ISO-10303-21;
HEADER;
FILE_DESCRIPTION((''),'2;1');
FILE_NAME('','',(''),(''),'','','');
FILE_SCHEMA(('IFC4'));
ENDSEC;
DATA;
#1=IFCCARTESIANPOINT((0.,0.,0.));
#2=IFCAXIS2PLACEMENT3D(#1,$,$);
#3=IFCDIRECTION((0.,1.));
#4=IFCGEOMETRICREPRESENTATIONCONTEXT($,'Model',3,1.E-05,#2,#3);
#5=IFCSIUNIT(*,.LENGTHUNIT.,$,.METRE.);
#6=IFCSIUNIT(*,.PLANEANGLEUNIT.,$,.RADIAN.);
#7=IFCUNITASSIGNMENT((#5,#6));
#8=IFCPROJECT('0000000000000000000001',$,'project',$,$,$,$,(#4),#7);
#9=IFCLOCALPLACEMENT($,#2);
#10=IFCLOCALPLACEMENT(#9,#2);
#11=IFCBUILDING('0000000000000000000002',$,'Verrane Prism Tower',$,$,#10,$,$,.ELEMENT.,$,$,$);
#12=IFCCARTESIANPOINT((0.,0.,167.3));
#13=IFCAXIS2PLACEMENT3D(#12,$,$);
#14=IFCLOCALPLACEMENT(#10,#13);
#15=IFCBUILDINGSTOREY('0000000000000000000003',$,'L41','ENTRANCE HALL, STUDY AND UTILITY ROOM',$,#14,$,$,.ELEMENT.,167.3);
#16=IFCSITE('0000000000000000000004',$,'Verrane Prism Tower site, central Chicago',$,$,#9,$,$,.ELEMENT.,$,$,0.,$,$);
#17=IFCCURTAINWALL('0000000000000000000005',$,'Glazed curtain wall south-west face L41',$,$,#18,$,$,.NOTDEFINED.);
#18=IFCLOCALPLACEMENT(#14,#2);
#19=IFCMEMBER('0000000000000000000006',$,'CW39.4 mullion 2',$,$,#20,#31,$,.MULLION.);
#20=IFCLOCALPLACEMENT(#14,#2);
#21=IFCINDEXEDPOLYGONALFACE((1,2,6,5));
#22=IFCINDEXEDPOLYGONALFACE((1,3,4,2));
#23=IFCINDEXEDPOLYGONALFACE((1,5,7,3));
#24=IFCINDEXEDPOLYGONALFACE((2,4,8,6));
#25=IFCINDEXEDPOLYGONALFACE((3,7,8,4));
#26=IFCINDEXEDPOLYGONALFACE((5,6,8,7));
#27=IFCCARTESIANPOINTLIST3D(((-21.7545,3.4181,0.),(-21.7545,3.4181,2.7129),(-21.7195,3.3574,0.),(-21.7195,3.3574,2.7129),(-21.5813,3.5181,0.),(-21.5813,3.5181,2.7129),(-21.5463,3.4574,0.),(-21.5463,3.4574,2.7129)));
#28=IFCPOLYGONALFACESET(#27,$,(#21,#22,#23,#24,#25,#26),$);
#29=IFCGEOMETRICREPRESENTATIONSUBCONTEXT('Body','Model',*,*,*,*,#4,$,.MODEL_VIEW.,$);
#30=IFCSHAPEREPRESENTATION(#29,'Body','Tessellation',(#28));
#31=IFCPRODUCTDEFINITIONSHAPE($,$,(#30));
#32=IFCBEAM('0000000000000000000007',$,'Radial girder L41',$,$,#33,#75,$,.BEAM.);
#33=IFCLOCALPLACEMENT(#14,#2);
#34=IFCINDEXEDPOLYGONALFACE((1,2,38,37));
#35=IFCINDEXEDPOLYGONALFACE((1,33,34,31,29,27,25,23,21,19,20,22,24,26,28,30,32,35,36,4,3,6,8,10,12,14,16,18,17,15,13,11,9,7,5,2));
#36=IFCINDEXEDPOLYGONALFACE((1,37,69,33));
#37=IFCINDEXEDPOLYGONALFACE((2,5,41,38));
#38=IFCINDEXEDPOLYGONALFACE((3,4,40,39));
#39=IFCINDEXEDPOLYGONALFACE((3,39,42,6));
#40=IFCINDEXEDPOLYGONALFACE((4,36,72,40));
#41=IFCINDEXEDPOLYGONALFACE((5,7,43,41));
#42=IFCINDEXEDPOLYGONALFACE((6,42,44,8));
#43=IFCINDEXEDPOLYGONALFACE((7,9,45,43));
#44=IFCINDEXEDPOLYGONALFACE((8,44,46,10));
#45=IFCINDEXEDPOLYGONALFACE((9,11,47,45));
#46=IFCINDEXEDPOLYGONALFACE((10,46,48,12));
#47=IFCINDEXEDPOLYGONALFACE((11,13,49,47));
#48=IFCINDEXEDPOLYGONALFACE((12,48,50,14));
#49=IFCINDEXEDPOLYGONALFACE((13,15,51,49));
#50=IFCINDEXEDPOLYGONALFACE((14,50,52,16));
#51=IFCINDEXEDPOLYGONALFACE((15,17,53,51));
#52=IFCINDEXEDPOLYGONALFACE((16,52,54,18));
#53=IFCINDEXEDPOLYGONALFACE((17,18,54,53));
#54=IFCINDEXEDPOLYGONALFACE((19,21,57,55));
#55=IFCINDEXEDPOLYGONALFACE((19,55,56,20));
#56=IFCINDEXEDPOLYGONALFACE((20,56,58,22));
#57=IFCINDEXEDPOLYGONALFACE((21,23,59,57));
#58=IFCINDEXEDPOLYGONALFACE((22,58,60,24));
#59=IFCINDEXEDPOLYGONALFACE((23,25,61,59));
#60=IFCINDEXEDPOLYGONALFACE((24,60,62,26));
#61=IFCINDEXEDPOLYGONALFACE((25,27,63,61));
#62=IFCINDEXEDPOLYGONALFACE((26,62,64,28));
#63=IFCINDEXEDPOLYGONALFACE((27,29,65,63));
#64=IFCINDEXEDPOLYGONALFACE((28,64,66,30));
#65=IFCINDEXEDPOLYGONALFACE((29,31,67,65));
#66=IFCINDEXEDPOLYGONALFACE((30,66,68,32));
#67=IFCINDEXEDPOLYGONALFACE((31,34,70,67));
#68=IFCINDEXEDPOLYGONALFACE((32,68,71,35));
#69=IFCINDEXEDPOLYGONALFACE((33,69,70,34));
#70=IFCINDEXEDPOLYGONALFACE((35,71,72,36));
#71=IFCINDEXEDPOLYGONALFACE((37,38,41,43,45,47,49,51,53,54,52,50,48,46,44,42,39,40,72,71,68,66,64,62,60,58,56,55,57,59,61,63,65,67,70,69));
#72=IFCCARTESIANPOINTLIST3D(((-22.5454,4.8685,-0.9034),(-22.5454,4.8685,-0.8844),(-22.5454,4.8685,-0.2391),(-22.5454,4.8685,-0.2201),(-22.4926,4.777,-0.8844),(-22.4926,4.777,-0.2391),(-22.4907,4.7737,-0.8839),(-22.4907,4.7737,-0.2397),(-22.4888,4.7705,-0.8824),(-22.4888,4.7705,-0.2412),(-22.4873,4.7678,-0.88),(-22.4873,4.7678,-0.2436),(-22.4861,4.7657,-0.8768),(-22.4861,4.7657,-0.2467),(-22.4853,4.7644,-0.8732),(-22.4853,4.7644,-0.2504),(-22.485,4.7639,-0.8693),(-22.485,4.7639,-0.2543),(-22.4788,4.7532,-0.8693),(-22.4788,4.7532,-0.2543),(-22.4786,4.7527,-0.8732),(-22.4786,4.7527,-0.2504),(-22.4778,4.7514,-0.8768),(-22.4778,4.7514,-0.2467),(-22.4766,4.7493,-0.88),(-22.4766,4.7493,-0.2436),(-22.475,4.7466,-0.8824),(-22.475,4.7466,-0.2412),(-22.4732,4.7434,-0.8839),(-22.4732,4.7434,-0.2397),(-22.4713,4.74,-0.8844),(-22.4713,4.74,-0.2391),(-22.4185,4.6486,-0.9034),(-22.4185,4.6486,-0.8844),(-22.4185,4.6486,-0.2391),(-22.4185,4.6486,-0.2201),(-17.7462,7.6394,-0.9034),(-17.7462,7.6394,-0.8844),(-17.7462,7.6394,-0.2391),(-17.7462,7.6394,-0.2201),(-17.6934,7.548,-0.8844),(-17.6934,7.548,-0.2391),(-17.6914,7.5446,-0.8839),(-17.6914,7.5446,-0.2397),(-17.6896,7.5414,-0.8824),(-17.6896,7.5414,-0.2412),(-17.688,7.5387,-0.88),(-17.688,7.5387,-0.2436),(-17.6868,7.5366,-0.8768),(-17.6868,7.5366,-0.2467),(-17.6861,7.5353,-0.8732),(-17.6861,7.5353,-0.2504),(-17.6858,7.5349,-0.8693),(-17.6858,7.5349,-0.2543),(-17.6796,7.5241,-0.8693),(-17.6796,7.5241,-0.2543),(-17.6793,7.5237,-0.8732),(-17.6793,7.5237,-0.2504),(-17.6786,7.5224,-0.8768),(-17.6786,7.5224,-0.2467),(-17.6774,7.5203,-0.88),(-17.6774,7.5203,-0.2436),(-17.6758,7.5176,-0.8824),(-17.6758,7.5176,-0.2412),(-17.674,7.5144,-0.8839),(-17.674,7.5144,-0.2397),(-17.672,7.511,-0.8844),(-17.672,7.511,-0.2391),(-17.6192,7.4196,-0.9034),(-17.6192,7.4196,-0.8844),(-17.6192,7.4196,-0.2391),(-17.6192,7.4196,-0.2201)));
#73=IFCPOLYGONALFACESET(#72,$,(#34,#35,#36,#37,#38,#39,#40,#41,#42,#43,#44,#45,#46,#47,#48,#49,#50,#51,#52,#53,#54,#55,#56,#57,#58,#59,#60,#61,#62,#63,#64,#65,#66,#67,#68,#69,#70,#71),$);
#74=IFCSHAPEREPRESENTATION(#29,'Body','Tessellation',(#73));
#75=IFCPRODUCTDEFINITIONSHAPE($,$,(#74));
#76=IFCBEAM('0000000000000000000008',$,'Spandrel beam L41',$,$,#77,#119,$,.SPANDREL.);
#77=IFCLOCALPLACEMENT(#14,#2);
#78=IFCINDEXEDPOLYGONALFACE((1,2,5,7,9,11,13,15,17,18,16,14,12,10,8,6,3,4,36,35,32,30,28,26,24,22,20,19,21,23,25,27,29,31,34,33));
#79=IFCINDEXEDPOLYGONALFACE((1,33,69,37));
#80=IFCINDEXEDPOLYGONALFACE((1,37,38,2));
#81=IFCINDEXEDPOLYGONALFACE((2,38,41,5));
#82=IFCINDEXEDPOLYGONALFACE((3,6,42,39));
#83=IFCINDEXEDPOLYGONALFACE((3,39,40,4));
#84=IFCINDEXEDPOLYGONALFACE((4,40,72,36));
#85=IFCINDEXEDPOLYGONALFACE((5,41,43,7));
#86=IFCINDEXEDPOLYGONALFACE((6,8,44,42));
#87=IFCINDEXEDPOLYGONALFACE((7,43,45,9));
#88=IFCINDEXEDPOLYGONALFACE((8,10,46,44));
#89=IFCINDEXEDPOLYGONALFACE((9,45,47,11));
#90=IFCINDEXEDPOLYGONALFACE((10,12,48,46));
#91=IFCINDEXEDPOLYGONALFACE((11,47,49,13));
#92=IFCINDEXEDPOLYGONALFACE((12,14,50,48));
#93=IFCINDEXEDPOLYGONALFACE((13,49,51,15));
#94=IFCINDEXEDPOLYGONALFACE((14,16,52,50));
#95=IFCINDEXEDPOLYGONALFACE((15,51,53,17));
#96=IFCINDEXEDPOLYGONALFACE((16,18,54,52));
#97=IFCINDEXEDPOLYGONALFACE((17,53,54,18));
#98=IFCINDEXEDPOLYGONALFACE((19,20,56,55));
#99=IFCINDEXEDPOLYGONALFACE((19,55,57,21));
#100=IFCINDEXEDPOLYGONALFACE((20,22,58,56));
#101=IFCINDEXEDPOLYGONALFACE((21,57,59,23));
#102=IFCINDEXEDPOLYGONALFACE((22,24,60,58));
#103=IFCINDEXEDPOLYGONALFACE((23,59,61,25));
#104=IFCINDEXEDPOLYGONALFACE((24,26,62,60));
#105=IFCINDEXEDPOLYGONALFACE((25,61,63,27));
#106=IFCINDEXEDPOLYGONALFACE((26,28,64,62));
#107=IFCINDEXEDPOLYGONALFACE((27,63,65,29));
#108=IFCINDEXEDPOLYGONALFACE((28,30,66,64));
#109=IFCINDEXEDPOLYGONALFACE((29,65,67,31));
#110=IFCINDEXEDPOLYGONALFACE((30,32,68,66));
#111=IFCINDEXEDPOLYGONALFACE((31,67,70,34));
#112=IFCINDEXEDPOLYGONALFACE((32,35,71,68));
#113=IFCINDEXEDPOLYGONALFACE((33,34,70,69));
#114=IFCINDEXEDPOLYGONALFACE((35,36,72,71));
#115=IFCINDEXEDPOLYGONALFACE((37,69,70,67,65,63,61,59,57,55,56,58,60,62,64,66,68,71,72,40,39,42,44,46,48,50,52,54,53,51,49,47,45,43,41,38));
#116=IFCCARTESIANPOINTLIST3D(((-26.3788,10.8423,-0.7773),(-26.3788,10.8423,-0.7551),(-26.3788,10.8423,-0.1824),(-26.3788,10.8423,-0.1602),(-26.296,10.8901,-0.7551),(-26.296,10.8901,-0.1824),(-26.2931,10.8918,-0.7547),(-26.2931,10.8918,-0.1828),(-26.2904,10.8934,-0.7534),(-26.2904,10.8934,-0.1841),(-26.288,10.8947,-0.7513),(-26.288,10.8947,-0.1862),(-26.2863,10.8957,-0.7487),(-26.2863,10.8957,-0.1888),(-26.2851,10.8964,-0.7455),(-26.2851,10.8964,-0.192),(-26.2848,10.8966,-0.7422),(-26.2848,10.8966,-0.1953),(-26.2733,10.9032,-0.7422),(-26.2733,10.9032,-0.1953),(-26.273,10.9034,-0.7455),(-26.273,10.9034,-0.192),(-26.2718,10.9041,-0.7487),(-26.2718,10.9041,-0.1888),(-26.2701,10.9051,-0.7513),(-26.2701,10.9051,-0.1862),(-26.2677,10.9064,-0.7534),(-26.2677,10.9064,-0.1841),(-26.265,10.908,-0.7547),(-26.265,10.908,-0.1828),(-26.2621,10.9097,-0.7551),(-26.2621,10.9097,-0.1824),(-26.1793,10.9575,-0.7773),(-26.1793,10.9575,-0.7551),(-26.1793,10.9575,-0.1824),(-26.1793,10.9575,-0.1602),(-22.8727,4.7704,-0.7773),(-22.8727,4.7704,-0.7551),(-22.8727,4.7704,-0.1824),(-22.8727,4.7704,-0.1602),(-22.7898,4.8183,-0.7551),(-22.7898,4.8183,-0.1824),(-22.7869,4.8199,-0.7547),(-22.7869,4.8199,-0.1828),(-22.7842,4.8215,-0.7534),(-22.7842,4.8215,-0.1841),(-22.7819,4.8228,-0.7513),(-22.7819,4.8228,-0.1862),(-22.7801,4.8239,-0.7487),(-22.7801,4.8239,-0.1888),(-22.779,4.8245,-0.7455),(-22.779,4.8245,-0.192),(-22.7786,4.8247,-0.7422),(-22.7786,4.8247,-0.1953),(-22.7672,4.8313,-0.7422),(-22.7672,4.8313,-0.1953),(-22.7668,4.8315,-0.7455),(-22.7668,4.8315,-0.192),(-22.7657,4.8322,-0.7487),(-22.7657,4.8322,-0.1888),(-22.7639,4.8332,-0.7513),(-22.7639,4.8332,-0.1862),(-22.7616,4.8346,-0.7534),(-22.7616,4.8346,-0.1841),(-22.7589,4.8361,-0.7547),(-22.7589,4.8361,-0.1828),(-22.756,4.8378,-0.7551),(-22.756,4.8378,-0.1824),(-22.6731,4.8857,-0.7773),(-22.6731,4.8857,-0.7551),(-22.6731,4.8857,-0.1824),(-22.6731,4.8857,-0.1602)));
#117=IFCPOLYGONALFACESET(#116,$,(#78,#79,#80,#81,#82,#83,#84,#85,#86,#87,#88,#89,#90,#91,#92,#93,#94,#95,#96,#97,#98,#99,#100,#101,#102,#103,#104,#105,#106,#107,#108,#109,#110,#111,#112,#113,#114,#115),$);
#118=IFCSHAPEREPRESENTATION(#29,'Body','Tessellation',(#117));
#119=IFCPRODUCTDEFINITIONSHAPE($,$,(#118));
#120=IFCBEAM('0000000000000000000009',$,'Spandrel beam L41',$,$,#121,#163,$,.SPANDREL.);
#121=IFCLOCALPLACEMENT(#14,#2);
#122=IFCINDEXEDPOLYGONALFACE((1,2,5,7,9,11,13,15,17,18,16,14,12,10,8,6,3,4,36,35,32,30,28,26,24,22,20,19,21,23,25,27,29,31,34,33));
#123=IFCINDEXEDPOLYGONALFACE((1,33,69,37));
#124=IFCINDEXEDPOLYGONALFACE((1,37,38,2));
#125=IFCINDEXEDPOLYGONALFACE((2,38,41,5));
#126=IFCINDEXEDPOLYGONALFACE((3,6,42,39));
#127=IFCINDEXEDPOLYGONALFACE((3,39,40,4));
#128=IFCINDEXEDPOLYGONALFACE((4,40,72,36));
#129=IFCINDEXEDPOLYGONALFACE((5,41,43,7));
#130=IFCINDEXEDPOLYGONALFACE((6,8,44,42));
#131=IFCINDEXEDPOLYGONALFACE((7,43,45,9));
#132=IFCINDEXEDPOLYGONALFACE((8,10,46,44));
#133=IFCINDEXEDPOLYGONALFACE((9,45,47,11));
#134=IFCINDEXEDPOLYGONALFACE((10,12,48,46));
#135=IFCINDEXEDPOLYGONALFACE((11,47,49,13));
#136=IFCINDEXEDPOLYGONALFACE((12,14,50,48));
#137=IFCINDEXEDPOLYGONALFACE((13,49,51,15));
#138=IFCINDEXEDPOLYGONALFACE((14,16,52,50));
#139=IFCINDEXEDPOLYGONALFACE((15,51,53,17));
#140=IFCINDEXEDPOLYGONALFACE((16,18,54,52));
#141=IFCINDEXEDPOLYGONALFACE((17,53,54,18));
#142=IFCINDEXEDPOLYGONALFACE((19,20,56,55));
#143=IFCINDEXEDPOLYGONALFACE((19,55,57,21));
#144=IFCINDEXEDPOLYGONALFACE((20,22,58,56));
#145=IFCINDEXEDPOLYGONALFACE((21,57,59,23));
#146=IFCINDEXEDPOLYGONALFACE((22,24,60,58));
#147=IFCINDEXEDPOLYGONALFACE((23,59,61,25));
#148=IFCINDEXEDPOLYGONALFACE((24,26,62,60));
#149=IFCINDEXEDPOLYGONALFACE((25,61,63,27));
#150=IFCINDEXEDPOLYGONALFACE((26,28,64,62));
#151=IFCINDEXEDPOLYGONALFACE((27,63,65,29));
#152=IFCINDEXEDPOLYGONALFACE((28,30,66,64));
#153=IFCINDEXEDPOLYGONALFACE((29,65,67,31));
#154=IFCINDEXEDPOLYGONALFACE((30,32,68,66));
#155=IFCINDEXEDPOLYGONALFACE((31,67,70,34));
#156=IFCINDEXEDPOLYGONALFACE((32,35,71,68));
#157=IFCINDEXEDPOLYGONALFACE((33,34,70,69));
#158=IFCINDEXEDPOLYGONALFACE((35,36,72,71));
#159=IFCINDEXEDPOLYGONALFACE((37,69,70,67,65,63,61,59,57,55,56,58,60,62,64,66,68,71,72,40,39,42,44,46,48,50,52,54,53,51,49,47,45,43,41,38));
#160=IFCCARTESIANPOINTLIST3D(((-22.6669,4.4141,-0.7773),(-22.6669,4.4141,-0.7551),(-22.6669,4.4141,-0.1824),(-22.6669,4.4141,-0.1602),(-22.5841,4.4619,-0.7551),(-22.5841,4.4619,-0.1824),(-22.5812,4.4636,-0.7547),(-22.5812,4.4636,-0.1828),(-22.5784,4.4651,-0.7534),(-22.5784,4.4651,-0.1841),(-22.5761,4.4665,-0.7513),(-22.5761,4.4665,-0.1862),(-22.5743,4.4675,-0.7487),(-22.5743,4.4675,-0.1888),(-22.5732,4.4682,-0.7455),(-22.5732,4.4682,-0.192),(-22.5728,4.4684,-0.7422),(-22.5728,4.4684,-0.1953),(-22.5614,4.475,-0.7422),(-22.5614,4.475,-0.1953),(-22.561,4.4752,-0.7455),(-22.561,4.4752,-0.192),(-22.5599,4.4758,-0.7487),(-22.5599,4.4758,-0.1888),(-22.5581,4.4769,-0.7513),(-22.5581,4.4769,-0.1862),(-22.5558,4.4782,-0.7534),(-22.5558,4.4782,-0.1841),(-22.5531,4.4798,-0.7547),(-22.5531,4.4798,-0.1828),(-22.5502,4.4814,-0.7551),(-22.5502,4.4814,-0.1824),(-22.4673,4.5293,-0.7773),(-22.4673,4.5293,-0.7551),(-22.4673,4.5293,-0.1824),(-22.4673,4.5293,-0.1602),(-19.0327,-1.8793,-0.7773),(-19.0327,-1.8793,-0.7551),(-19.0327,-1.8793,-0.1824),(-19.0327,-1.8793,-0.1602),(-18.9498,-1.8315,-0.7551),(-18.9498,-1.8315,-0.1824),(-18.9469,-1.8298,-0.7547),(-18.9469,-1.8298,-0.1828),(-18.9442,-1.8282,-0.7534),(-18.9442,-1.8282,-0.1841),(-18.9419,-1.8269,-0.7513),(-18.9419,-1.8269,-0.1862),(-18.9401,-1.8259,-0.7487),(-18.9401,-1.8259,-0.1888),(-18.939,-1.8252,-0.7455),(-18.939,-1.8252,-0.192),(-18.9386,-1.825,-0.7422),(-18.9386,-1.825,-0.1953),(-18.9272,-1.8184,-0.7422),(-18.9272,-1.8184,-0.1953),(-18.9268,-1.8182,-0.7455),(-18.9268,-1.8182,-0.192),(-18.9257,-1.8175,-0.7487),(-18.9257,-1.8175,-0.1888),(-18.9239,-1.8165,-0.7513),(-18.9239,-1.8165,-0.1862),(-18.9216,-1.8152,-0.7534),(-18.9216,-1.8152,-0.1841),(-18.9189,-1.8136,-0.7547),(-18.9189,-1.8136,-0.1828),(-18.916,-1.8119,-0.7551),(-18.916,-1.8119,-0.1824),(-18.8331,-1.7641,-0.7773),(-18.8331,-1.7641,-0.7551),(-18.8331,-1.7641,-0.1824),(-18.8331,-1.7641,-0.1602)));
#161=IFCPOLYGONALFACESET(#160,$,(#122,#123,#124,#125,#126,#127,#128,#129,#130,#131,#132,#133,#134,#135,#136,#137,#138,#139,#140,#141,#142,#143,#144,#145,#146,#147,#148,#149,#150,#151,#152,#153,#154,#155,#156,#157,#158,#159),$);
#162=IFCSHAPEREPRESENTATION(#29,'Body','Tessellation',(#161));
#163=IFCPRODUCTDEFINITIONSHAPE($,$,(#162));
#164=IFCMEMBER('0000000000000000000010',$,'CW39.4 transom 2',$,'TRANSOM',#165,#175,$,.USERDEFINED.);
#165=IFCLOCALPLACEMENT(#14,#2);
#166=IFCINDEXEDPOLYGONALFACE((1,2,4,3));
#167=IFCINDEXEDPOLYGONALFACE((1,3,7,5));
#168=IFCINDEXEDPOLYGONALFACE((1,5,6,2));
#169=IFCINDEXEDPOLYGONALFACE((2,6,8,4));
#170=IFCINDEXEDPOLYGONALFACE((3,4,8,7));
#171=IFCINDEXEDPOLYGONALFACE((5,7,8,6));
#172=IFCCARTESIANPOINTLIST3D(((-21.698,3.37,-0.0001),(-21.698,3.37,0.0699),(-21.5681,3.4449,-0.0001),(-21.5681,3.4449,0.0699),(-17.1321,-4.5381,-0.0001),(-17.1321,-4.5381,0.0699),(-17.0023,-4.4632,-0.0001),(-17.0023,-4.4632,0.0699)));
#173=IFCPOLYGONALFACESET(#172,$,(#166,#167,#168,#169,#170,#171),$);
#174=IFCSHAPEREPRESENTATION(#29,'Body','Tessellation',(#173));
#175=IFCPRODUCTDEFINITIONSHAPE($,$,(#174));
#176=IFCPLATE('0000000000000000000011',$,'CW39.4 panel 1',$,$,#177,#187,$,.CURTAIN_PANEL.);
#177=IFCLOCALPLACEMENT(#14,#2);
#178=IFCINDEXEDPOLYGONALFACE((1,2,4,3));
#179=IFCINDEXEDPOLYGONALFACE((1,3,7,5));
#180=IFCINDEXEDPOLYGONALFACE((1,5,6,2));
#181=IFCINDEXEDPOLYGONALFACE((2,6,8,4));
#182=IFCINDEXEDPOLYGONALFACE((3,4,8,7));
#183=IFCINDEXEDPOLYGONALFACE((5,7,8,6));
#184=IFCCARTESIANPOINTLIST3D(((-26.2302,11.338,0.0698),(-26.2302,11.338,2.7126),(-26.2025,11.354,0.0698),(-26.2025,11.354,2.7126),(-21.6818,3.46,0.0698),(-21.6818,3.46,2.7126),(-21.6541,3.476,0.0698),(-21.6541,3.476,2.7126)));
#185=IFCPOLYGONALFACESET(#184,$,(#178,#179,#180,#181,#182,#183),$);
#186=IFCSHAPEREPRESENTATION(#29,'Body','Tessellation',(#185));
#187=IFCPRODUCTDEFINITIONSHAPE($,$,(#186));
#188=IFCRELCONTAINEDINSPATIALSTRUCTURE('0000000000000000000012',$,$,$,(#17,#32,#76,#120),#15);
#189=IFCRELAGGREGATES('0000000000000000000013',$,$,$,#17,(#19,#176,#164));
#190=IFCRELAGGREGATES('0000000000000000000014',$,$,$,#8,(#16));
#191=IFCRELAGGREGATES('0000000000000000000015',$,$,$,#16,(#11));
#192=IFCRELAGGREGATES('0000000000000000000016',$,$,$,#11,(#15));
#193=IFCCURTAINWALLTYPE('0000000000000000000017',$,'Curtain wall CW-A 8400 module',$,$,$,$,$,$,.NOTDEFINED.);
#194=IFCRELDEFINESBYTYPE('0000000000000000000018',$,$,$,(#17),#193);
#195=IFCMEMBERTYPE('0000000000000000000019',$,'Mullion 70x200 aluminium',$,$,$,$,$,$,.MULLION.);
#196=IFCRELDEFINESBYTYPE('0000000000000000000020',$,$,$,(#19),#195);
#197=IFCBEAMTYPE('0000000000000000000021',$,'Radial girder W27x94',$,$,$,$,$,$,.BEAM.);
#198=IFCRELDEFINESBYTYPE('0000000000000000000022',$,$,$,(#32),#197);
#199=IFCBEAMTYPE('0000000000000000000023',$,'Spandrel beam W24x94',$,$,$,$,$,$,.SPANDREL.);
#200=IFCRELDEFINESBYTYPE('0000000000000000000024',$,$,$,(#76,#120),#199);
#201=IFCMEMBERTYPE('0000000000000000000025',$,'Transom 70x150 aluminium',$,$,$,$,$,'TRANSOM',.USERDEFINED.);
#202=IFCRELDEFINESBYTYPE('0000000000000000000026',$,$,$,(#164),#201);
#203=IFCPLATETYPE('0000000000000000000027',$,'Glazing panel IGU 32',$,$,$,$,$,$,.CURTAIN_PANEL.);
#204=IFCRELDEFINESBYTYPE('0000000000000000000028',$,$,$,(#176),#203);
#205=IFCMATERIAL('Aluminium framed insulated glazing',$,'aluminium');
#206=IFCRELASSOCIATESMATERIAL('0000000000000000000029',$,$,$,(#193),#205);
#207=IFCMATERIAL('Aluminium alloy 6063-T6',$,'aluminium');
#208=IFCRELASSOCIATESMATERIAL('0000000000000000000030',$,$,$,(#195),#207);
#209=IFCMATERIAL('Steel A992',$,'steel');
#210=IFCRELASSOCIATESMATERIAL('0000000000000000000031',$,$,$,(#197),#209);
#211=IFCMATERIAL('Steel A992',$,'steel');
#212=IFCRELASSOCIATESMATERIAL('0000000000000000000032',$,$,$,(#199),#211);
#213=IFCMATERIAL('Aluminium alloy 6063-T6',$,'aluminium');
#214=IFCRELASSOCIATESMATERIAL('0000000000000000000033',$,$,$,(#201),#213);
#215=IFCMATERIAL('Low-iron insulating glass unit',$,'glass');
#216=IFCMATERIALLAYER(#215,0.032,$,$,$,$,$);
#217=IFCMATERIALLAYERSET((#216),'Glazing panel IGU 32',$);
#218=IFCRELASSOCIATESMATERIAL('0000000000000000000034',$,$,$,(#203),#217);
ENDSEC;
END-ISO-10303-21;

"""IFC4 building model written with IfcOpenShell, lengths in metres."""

from ifc_helpers import new_model, si_unit, direction, frame, origin, origin_2d, place, context, subcontext, project, spatial, rectangle, i_section, extrude, material, layer, layer_set, material_profile, profile_set, type_object, element, aggregate, save


model = new_model("IFC4")

# Units and contexts
model_context = context("Model", 3, precision=1e-05, world=origin(), true_north=direction((0.0, 1.0)))
body_context = subcontext(model_context, "Body", "Model", "MODEL_VIEW")
ifc_project = project(units=[si_unit("LENGTHUNIT", "METRE"), si_unit("PLANEANGLEUNIT", "RADIAN")], contexts=[model_context])

# Site, building, storey
site_placement = place(None, origin())
site = spatial("IfcSite", under=ifc_project, at=site_placement, Name="Verrane Prism Tower site, central Chicago", CompositionType="ELEMENT", RefElevation=0.0)
building_placement = place(site_placement, origin())
building = spatial("IfcBuilding", under=site, at=building_placement, Name="Verrane Prism Tower", CompositionType="ELEMENT")
storey_placement = place(building_placement, frame((0.0, 0.0, 167.3)))
storey = spatial("IfcBuildingStorey", under=building, at=storey_placement, Name="L41", Description="ENTRANCE HALL, STUDY AND UTILITY ROOM", CompositionType="ELEMENT", Elevation=167.3)

# Curtain wall, member
ifc_material_1 = material(Name="Aluminium framed insulated glazing", Category="aluminium")
curtain_wall_type = type_object("IfcCurtainWallType", Name="Curtain wall CW-A 8400 module", PredefinedType="NOTDEFINED", material=ifc_material_1)
curtain_wall_placement = place(storey_placement, origin())
curtain_wall = element("IfcCurtainWall", 1, at=curtain_wall_placement, inside=storey, type_object=curtain_wall_type, Name="Glazed curtain wall south-west face L41", PredefinedType="NOTDEFINED")
ifc_material_2 = material(Name="Aluminium alloy 6063-T6", Category="aluminium")
ifc_material_profile_1 = material_profile(ifc_material_2, rectangle(XDim=0.2, YDim=0.0701, at=origin_2d()), Name="Mullion 70x200 aluminium")
ifc_profile_set_1 = profile_set([ifc_material_profile_1], Name="Aluminium alloy 6063-T6")
member_type_1 = type_object("IfcMemberType", Name="Mullion 70x200 aluminium", PredefinedType="MULLION", material=ifc_profile_set_1)
member_1_placement = place(storey_placement, frame((-21.6504, 3.4377, 0.0), z_axis=(0.0, 0.0, 1.0), x_axis=(0.866026, 0.499999, 0.0)))
member_1 = element("IfcMember", 2, at=member_1_placement, type_object=member_type_1, Name="CW39.4 mullion 2", PredefinedType="MULLION", context=body_context, shape_type="SweptSolid", body=[
    extrude(rectangle(XDim=0.2, YDim=0.0701, at=origin_2d()), origin(), (0.0, 0.0, 1.0), 2.7129),
])

# Beams
ifc_material_3 = material(Name="Steel A992", Category="steel")
ifc_material_profile_2 = material_profile(ifc_material_3, i_section(OverallWidth=0.2539, OverallDepth=0.6833, WebThickness=0.0125, FlangeThickness=0.019, FilletRadius=0.0151, at=origin_2d()), Name="W27x94")
ifc_profile_set_2 = profile_set([ifc_material_profile_2], Name="Steel A992")
beam_type_1 = type_object("IfcBeamType", Name="Radial girder W27x94", PredefinedType="BEAM", material=ifc_profile_set_2)
beam_1_placement = place(storey_placement, frame((-22.4819, 4.7585, -0.5618), z_axis=(0.866017, 0.500015, 0.0), x_axis=(-0.500015, 0.866017, 0.0)))
element("IfcBeam", 3, at=beam_1_placement, inside=storey, type_object=beam_type_1, Name="Radial girder L41", PredefinedType="BEAM", context=body_context, shape_type="SweptSolid", body=[
    extrude(i_section(OverallWidth=0.2539, OverallDepth=0.6833, WebThickness=0.0125, FlangeThickness=0.019, FilletRadius=0.0151, at=origin_2d()), origin(), (0.0, 0.0, 1.0), 5.5417),
])
ifc_material_4 = material(Name="Steel A992", Category="steel")
ifc_material_profile_3 = material_profile(ifc_material_4, i_section(OverallWidth=0.2305, OverallDepth=0.6172, WebThickness=0.0132, FlangeThickness=0.0222, FilletRadius=0.0129, at=origin_2d()), Name="W24x94")
ifc_profile_set_3 = profile_set([ifc_material_profile_3], Name="Steel A992")
beam_type_2 = type_object("IfcBeamType", Name="Spandrel beam W24x94", PredefinedType="SPANDREL", material=ifc_profile_set_3)
beam_2_placement = place(storey_placement, frame((-26.2791, 10.8999, -0.4688), z_axis=(0.50006, -0.865991, 0.0), x_axis=(0.865991, 0.50006, 0.0)))
element("IfcBeam", 4, at=beam_2_placement, inside=storey, type_object=beam_type_2, Name="Spandrel beam L41", PredefinedType="SPANDREL", context=body_context, shape_type="SweptSolid", body=[
    extrude(i_section(OverallWidth=0.2305, OverallDepth=0.6172, WebThickness=0.0132, FlangeThickness=0.0222, FilletRadius=0.0129, at=origin_2d()), origin(), (0.0, 0.0, 1.0), 7.0115),
])
beam_3_placement = place(storey_placement, frame((-22.5671, 4.4717, -0.4688), z_axis=(0.500077, -0.865981, 0.0), x_axis=(0.865981, 0.500077, 0.0)))
element("IfcBeam", 5, at=beam_3_placement, inside=storey, type_object=beam_type_2, Name="Spandrel beam L41", PredefinedType="SPANDREL", context=body_context, shape_type="SweptSolid", body=[
    extrude(i_section(OverallWidth=0.2305, OverallDepth=0.6172, WebThickness=0.0132, FlangeThickness=0.0222, FilletRadius=0.0129, at=origin_2d()), origin(), (0.0, 0.0, 1.0), 7.2673),
])

# Member
ifc_material_5 = material(Name="Aluminium alloy 6063-T6", Category="aluminium")
ifc_material_profile_4 = material_profile(ifc_material_5, rectangle(XDim=0.1499, YDim=0.0701, at=origin_2d()), Name="Transom 70x150 aluminium")
ifc_profile_set_4 = profile_set([ifc_material_profile_4], Name="Aluminium alloy 6063-T6")
member_type_2 = type_object("IfcMemberType", Name="Transom 70x150 aluminium", ElementType="TRANSOM", PredefinedType="USERDEFINED", material=ifc_profile_set_4)
member_2_placement = place(storey_placement, frame((-21.6331, 3.4075, 0.0349), z_axis=(0.500009, -0.86602, 0.0), x_axis=(0.86602, 0.500009, 0.0)))
member_2 = element("IfcMember", 6, at=member_2_placement, type_object=member_type_2, Name="CW39.4 transom 2", ObjectType="TRANSOM", PredefinedType="USERDEFINED", context=body_context, shape_type="SweptSolid", body=[
    extrude(rectangle(XDim=0.1499, YDim=0.0701, at=origin_2d()), origin(), (0.0, 0.0, 1.0), 9.1316),
])

# Plate
ifc_material_6 = material(Name="Low-iron insulating glass unit", Category="glass")
ifc_layer_1 = layer(ifc_material_6, 0.032)
ifc_layer_set_1 = layer_set([ifc_layer_1], Name="Glazing panel IGU 32")
plate_type = type_object("IfcPlateType", Name="Glazing panel IGU 32", PredefinedType="CURTAIN_PANEL", material=ifc_layer_set_1)
plate_placement = place(storey_placement, frame((-23.9421, 7.407, 0.0698), z_axis=(0.0, 0.0, 1.0), x_axis=(0.499999, -0.866026, 0.0)))
plate = element("IfcPlate", 7, at=plate_placement, type_object=plate_type, Name="CW39.4 panel 1", PredefinedType="CURTAIN_PANEL", context=body_context, shape_type="SweptSolid", body=[
    extrude(rectangle(XDim=9.0967, YDim=0.032, at=origin_2d()), origin(), (0.0, 0.0, 1.0), 2.6428),
])
aggregate(curtain_wall, [member_1, plate, member_2])

save(model, "model.ifc")
